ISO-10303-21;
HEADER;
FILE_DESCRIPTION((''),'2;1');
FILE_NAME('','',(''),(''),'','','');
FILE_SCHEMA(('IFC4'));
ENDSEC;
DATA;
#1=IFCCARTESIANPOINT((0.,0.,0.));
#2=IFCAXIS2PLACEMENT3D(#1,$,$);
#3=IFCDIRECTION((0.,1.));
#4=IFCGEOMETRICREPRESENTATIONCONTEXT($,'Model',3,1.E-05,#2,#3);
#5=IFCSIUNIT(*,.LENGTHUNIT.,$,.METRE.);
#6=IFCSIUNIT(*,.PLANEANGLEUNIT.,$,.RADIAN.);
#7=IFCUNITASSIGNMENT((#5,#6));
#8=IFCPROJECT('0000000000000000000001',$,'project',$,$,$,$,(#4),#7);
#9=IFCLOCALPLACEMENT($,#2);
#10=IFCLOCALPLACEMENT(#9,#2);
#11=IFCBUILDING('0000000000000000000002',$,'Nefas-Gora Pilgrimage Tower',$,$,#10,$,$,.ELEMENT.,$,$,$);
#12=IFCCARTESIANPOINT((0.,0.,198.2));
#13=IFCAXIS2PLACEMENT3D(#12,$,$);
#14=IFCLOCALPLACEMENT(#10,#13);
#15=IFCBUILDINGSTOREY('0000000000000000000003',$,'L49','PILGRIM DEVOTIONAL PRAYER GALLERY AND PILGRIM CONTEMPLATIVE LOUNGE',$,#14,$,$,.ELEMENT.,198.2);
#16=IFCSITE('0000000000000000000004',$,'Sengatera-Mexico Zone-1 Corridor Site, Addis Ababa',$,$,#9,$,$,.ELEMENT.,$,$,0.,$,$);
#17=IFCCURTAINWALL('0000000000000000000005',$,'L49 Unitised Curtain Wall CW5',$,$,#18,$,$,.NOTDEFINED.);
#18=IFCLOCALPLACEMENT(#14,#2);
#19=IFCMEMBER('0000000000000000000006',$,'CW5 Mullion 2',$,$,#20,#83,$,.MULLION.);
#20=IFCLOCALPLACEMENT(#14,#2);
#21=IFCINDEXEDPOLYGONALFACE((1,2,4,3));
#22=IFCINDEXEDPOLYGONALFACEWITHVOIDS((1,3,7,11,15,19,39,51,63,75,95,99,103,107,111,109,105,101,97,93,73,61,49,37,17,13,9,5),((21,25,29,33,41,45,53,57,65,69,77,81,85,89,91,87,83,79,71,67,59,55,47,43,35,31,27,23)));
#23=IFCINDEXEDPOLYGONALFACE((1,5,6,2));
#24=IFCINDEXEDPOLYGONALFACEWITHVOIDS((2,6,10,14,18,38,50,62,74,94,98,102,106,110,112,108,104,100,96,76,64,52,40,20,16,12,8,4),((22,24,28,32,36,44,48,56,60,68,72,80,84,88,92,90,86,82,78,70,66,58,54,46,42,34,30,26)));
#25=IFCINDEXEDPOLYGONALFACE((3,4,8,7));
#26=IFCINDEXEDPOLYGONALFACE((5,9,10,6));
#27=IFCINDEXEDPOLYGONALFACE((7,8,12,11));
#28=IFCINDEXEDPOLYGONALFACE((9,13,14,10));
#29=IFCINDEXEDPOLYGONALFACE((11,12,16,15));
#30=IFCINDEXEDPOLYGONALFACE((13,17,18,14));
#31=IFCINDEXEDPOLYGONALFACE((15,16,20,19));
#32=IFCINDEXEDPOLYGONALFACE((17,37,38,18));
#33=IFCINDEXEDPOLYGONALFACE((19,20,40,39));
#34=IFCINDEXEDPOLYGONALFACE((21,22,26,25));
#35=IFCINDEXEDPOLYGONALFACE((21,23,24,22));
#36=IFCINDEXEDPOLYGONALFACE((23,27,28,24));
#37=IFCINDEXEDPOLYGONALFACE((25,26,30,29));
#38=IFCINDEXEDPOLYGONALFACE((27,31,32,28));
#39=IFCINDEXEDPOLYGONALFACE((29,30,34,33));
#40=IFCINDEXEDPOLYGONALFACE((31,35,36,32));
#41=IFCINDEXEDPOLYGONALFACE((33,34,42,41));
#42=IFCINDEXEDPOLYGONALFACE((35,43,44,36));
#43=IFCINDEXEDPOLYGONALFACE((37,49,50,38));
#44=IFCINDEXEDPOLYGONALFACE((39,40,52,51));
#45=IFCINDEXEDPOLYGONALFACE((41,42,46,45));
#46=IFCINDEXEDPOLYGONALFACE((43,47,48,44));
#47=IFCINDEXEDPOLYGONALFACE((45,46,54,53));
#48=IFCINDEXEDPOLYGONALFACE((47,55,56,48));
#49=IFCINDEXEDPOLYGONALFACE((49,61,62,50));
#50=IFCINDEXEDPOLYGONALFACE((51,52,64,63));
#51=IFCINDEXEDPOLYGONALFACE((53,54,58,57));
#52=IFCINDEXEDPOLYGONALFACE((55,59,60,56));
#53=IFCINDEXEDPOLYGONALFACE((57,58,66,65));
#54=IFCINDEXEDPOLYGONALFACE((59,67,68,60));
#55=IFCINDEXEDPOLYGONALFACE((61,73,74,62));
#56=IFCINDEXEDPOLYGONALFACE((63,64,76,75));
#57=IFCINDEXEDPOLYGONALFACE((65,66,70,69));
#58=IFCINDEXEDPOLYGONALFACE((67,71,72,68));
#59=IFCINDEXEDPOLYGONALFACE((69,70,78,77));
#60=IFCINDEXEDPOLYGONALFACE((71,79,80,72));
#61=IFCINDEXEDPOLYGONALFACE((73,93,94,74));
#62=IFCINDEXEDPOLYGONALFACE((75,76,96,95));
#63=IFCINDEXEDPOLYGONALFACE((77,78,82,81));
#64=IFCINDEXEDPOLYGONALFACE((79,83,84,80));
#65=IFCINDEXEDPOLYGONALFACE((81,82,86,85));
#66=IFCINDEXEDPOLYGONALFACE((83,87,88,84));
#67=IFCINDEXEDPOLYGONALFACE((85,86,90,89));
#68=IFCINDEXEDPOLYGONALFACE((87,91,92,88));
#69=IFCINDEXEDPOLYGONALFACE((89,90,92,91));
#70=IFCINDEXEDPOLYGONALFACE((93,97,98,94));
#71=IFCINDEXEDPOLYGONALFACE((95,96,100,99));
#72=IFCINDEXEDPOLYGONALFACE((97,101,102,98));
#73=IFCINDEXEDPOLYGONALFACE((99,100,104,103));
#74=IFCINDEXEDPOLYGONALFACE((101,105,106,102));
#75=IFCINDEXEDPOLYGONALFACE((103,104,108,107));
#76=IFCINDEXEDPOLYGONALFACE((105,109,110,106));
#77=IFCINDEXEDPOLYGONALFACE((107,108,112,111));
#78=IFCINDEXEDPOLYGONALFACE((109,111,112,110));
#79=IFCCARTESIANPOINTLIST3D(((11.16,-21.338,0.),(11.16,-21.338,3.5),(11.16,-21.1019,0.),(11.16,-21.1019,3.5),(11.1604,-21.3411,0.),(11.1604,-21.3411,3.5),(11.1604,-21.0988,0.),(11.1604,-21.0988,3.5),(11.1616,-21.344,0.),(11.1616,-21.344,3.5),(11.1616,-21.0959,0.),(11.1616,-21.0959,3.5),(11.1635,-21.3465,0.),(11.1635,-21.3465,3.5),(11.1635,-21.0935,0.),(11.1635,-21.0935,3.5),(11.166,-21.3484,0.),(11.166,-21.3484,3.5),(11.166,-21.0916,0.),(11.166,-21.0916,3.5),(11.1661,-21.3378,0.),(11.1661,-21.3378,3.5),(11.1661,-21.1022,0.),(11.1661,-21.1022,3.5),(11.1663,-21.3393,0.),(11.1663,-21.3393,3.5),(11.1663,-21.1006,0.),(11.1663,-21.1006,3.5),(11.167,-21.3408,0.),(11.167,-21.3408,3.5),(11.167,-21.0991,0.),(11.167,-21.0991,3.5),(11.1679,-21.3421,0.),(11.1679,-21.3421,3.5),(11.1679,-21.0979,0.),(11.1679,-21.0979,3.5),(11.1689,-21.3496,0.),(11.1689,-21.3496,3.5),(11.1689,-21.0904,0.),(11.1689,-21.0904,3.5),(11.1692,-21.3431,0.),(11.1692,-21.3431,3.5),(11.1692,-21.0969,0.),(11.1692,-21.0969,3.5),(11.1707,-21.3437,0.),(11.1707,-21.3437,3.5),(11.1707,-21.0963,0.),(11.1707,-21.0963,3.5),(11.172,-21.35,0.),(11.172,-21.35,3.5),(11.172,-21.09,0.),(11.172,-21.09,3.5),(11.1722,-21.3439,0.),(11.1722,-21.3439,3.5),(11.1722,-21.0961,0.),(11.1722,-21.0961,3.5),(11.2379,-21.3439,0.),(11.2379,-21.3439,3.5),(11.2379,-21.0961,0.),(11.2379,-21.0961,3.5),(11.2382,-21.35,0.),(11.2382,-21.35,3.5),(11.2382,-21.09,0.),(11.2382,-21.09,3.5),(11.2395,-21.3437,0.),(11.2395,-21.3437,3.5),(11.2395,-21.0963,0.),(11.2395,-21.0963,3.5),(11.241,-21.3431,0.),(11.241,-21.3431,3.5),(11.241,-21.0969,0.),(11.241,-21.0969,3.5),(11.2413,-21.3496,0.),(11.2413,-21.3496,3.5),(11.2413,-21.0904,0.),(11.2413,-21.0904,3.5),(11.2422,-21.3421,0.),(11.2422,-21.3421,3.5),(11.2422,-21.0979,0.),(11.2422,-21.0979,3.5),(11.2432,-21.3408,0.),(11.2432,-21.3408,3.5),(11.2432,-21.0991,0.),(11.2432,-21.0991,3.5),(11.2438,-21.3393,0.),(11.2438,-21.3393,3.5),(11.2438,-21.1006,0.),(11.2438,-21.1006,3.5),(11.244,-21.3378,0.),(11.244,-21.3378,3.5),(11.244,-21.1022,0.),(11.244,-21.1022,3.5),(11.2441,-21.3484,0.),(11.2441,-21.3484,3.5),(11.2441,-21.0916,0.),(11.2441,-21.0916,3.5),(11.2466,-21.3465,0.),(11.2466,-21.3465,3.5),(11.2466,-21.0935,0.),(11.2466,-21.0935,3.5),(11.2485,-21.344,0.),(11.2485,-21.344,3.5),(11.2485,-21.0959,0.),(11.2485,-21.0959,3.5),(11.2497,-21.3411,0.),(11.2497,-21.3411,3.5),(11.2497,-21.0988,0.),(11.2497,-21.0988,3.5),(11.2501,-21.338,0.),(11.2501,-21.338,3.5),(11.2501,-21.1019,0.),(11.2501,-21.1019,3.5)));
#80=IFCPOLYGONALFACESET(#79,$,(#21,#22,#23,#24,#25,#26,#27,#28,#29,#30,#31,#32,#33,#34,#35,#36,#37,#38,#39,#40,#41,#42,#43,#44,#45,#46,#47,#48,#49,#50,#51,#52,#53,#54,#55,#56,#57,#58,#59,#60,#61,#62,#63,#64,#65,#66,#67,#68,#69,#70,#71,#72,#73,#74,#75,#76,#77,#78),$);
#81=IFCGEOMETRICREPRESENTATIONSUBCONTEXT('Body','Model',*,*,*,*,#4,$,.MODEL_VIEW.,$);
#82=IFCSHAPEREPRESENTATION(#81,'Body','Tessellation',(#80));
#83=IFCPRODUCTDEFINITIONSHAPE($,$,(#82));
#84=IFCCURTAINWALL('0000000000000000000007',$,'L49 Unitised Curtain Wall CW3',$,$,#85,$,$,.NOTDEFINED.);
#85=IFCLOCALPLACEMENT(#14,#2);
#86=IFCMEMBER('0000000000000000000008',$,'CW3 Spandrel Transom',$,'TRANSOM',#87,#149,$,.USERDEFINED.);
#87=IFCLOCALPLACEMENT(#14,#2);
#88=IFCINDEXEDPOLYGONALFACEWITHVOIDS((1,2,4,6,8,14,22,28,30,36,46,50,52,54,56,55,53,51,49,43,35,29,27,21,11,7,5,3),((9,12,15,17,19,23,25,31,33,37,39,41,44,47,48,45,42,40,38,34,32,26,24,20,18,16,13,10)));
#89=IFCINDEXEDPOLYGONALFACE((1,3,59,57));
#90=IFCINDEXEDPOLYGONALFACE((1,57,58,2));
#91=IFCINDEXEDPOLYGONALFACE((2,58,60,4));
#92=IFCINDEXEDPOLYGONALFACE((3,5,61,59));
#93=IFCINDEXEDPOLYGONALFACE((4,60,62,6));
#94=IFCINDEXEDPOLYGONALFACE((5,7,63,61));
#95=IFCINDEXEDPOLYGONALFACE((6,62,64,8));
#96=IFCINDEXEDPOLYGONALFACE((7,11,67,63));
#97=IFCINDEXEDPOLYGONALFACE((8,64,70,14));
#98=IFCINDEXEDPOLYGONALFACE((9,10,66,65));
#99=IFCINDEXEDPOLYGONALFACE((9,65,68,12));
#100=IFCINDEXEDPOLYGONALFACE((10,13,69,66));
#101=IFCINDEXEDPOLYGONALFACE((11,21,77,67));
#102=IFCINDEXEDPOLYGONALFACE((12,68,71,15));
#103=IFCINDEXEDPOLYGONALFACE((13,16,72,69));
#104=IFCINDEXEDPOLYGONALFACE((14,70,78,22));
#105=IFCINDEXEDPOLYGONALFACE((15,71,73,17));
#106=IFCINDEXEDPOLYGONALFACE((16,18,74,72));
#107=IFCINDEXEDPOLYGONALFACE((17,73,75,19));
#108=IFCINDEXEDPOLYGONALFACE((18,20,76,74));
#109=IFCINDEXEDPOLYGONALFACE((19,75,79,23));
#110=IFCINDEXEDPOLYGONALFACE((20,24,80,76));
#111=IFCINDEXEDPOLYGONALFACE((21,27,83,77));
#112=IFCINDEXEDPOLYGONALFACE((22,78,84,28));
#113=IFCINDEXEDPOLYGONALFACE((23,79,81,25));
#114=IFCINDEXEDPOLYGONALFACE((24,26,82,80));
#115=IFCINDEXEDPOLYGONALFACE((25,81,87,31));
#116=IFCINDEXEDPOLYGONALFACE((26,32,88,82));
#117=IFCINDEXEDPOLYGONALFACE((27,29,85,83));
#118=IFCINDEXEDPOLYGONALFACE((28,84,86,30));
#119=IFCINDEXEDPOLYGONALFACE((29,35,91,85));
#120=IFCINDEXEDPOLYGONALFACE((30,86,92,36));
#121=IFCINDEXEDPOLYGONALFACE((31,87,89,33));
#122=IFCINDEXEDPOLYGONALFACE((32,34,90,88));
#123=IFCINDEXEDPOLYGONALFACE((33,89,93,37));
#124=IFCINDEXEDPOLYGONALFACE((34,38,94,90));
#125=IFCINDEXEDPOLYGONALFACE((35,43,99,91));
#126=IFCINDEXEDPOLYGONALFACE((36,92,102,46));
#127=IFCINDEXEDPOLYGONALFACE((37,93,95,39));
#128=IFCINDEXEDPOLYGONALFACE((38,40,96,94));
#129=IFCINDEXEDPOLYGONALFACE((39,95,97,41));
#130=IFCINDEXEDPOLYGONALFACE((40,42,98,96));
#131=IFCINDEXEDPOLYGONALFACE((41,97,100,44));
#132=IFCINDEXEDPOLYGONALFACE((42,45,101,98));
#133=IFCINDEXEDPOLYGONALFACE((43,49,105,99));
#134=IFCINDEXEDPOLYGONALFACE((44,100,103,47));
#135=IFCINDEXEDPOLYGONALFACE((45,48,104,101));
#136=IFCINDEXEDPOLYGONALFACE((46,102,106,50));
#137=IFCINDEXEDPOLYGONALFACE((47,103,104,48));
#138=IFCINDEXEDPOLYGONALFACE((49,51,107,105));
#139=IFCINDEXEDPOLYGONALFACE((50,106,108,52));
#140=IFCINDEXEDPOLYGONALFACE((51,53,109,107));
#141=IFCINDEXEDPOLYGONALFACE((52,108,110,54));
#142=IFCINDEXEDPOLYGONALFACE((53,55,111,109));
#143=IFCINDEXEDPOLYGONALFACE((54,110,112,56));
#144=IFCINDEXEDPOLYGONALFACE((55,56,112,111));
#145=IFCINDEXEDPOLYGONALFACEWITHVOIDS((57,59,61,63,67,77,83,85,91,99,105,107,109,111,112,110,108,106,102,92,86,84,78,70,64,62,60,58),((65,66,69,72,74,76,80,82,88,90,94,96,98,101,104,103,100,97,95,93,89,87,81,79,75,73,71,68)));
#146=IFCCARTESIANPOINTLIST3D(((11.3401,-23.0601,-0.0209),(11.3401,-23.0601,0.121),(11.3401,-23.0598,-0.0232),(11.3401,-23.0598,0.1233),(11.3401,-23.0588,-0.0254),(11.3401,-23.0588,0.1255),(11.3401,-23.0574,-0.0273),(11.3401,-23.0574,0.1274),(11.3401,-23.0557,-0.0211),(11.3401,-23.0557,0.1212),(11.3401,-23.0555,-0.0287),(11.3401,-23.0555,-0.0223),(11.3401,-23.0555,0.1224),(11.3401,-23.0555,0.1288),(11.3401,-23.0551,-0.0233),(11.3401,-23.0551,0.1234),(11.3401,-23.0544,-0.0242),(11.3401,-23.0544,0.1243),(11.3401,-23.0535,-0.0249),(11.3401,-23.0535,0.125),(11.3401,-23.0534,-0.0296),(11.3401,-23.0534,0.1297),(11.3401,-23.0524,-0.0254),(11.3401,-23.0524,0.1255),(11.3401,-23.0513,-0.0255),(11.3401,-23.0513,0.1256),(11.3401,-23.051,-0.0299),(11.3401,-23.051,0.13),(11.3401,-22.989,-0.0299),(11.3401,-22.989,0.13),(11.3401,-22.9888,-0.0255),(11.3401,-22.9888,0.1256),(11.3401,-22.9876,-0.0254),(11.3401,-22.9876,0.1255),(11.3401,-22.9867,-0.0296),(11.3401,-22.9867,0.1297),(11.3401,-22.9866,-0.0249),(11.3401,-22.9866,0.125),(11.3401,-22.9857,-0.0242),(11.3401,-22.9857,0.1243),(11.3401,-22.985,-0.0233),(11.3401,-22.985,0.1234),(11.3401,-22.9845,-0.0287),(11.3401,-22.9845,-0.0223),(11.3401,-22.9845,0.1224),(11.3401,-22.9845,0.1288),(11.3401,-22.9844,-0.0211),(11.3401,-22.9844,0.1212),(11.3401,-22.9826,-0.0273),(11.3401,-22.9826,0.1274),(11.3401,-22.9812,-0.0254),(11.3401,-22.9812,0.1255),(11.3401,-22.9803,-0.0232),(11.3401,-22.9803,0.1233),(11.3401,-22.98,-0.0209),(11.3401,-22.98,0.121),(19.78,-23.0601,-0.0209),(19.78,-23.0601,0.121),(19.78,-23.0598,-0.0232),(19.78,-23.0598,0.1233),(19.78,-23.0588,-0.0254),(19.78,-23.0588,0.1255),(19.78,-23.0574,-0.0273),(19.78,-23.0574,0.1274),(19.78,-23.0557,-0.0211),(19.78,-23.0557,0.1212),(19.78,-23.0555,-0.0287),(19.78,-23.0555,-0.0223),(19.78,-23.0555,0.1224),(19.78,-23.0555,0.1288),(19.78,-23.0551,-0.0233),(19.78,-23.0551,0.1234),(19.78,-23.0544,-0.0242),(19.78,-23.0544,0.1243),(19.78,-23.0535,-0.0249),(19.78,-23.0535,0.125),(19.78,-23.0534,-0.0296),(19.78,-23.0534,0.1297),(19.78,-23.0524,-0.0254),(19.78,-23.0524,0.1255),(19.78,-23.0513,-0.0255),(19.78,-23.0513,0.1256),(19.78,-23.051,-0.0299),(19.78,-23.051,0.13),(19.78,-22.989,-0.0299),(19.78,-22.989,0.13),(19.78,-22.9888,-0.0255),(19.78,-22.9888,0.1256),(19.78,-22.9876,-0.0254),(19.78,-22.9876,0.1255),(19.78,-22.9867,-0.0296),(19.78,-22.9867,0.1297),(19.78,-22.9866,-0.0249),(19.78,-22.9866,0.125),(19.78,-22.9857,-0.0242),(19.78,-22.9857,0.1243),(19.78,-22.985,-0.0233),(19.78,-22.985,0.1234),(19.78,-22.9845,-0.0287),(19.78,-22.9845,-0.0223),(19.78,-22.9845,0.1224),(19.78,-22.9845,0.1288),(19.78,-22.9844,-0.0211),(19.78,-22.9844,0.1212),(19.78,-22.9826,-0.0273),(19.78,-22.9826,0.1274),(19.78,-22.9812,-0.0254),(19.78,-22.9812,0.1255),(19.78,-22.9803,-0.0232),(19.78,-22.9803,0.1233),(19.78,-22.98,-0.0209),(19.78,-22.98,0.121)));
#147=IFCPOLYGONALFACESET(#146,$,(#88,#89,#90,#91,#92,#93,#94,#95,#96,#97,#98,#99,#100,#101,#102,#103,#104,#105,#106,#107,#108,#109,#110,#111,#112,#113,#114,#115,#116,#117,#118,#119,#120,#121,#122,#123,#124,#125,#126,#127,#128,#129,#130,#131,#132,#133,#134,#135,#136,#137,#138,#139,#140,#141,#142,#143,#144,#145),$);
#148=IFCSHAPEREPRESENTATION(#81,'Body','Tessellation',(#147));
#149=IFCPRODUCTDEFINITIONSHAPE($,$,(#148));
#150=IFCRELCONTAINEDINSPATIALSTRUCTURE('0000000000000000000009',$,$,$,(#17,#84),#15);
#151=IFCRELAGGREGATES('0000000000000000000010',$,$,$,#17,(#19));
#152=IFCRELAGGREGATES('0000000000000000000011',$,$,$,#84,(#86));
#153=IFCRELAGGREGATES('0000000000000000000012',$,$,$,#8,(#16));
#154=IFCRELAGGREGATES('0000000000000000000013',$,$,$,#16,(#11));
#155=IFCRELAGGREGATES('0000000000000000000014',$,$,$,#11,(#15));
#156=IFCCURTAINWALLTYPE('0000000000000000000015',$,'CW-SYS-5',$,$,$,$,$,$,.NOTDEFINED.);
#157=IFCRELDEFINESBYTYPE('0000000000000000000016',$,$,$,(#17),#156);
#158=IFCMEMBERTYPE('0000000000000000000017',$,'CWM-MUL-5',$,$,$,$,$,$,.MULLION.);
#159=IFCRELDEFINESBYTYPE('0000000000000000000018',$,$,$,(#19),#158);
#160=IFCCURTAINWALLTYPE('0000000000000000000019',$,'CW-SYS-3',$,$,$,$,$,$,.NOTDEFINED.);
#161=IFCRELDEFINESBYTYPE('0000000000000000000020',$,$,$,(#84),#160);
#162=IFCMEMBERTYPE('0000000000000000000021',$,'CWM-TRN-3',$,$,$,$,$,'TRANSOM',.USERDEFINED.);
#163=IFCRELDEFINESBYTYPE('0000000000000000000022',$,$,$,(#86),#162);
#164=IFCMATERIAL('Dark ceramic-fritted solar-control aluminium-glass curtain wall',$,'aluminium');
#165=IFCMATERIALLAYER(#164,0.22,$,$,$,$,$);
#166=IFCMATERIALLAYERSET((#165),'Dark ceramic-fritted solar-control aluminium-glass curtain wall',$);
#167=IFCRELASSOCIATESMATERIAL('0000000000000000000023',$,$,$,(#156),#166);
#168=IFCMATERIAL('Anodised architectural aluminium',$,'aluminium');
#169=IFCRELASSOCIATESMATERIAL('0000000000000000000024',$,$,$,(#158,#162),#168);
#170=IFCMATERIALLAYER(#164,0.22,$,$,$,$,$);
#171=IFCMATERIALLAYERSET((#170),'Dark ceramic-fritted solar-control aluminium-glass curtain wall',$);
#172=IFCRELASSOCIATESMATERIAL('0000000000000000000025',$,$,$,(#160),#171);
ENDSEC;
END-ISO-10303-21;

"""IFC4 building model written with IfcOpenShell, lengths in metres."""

from ifc_helpers import new_model, si_unit, direction, frame, origin, origin_2d, place, context, subcontext, project, spatial, hollow_rectangle, extrude, source, transform, mapped, material, layer, layer_set, material_profile, profile_set, type_object, element, aggregate, save


model = new_model("IFC4")

# Units and contexts
model_context = context("Model", 3, precision=1e-05, world=origin(), true_north=direction((0.0, 1.0)))
body_context = subcontext(model_context, "Body", "Model", "MODEL_VIEW")
ifc_project = project(units=[si_unit("LENGTHUNIT", "METRE"), si_unit("PLANEANGLEUNIT", "RADIAN")], contexts=[model_context])

# Site, building, storey
site_placement = place(None, origin())
site = spatial("IfcSite", under=ifc_project, at=site_placement, Name="Sengatera-Mexico Zone-1 Corridor Site, Addis Ababa", CompositionType="ELEMENT", RefElevation=0.0)
building_placement = place(site_placement, origin())
building = spatial("IfcBuilding", under=site, at=building_placement, Name="Nefas-Gora Pilgrimage Tower", CompositionType="ELEMENT")
storey_placement = place(building_placement, frame((0.0, 0.0, 198.2)))
storey = spatial("IfcBuildingStorey", under=building, at=storey_placement, Name="L49", Description="PILGRIM DEVOTIONAL PRAYER GALLERY AND PILGRIM CONTEMPLATIVE LOUNGE", CompositionType="ELEMENT", Elevation=198.2)

# Curtain walls, members
ifc_material_1 = material(Name="Dark ceramic-fritted solar-control aluminium-glass curtain wall", Category="aluminium")
ifc_layer_1 = layer(ifc_material_1, 0.22)
ifc_layer_set_1 = layer_set([ifc_layer_1], Name="Dark ceramic-fritted solar-control aluminium-glass curtain wall")
curtain_wall_type_1 = type_object("IfcCurtainWallType", Name="CW-SYS-5", PredefinedType="NOTDEFINED", material=ifc_layer_set_1)
curtain_wall_1_placement = place(storey_placement, origin())
curtain_wall_1 = element("IfcCurtainWall", 1, at=curtain_wall_1_placement, inside=storey, type_object=curtain_wall_type_1, Name="L49 Unitised Curtain Wall CW5", PredefinedType="NOTDEFINED")
ifc_material_2 = material(Name="Anodised architectural aluminium", Category="aluminium")
ifc_material_profile_1 = material_profile(ifc_material_2, hollow_rectangle(XDim=0.0901, YDim=0.26, WallThickness=0.0061, InnerFilletRadius=0.0061, OuterFilletRadius=0.012, at=origin_2d()), Name="ALU MULLION 90x260")
ifc_profile_set_1 = profile_set([ifc_material_profile_1], Name="Anodised architectural aluminium")
member_type_1 = type_object("IfcMemberType", Name="CWM-MUL-5", PredefinedType="MULLION", material=ifc_profile_set_1)
shared_shape_1 = source(origin(), body_context, "Body", "SweptSolid", [
    extrude(hollow_rectangle(XDim=0.0901, YDim=0.26, WallThickness=0.0061, InnerFilletRadius=0.0061, OuterFilletRadius=0.012, at=origin_2d()), origin(), (0.0, 0.0, 1.0), 3.5),
])
member_1_placement = place(storey_placement, frame((11.2051, -21.22, 0.0), z_axis=(0.0, 0.0, 1.0), x_axis=(1.0, 0.0, 0.0)))
member_1 = element("IfcMember", 2, at=member_1_placement, type_object=member_type_1, Name="CW5 Mullion 2", PredefinedType="MULLION", context=body_context, shape_type="MappedRepresentation", body=[
    mapped(shared_shape_1, transform((0.0, 0.0, 0.0), x_axis=(1.0, 0.0, 0.0), y_axis=(0.0, 1.0, 0.0), z_axis=(0.0, 0.0, 1.0), scale=1.0)),
])
aggregate(curtain_wall_1, [member_1])
ifc_layer_2 = layer(ifc_material_1, 0.22)
ifc_layer_set_2 = layer_set([ifc_layer_2], Name="Dark ceramic-fritted solar-control aluminium-glass curtain wall")
curtain_wall_type_2 = type_object("IfcCurtainWallType", Name="CW-SYS-3", PredefinedType="NOTDEFINED", material=ifc_layer_set_2)
curtain_wall_2_placement = place(storey_placement, origin())
curtain_wall_2 = element("IfcCurtainWall", 3, at=curtain_wall_2_placement, inside=storey, type_object=curtain_wall_type_2, Name="L49 Unitised Curtain Wall CW3", PredefinedType="NOTDEFINED")
ifc_material_profile_2 = material_profile(ifc_material_2, hollow_rectangle(XDim=0.0801, YDim=0.1599, WallThickness=0.0044, InnerFilletRadius=0.0044, OuterFilletRadius=0.009, at=origin_2d()), Name="ALU TRANSOM 80x160")
ifc_profile_set_2 = profile_set([ifc_material_profile_2], Name="Anodised architectural aluminium")
member_type_2 = type_object("IfcMemberType", Name="CWM-TRN-3", ElementType="TRANSOM", PredefinedType="USERDEFINED", material=ifc_profile_set_2)
shared_shape_2 = source(origin(), body_context, "Body", "SweptSolid", [
    extrude(hollow_rectangle(XDim=0.0801, YDim=0.1599, WallThickness=0.0044, InnerFilletRadius=0.0044, OuterFilletRadius=0.009, at=origin_2d()), origin(), (0.0, 0.0, 1.0), 8.4399),
])
member_2_placement = place(storey_placement, frame((11.3401, -23.02, 0.05), z_axis=(1.0, 0.0, 0.0), x_axis=(0.0, 1.0, 0.0)))
member_2 = element("IfcMember", 4, at=member_2_placement, type_object=member_type_2, Name="CW3 Spandrel Transom", ObjectType="TRANSOM", PredefinedType="USERDEFINED", context=body_context, shape_type="MappedRepresentation", body=[
    mapped(shared_shape_2, transform((0.0, 0.0, 0.0), x_axis=(1.0, 0.0, 0.0), y_axis=(0.0, 1.0, 0.0), z_axis=(0.0, 0.0, 1.0), scale=1.0)),
])

aggregate(curtain_wall_2, [member_2])

save(model, "model.ifc")
